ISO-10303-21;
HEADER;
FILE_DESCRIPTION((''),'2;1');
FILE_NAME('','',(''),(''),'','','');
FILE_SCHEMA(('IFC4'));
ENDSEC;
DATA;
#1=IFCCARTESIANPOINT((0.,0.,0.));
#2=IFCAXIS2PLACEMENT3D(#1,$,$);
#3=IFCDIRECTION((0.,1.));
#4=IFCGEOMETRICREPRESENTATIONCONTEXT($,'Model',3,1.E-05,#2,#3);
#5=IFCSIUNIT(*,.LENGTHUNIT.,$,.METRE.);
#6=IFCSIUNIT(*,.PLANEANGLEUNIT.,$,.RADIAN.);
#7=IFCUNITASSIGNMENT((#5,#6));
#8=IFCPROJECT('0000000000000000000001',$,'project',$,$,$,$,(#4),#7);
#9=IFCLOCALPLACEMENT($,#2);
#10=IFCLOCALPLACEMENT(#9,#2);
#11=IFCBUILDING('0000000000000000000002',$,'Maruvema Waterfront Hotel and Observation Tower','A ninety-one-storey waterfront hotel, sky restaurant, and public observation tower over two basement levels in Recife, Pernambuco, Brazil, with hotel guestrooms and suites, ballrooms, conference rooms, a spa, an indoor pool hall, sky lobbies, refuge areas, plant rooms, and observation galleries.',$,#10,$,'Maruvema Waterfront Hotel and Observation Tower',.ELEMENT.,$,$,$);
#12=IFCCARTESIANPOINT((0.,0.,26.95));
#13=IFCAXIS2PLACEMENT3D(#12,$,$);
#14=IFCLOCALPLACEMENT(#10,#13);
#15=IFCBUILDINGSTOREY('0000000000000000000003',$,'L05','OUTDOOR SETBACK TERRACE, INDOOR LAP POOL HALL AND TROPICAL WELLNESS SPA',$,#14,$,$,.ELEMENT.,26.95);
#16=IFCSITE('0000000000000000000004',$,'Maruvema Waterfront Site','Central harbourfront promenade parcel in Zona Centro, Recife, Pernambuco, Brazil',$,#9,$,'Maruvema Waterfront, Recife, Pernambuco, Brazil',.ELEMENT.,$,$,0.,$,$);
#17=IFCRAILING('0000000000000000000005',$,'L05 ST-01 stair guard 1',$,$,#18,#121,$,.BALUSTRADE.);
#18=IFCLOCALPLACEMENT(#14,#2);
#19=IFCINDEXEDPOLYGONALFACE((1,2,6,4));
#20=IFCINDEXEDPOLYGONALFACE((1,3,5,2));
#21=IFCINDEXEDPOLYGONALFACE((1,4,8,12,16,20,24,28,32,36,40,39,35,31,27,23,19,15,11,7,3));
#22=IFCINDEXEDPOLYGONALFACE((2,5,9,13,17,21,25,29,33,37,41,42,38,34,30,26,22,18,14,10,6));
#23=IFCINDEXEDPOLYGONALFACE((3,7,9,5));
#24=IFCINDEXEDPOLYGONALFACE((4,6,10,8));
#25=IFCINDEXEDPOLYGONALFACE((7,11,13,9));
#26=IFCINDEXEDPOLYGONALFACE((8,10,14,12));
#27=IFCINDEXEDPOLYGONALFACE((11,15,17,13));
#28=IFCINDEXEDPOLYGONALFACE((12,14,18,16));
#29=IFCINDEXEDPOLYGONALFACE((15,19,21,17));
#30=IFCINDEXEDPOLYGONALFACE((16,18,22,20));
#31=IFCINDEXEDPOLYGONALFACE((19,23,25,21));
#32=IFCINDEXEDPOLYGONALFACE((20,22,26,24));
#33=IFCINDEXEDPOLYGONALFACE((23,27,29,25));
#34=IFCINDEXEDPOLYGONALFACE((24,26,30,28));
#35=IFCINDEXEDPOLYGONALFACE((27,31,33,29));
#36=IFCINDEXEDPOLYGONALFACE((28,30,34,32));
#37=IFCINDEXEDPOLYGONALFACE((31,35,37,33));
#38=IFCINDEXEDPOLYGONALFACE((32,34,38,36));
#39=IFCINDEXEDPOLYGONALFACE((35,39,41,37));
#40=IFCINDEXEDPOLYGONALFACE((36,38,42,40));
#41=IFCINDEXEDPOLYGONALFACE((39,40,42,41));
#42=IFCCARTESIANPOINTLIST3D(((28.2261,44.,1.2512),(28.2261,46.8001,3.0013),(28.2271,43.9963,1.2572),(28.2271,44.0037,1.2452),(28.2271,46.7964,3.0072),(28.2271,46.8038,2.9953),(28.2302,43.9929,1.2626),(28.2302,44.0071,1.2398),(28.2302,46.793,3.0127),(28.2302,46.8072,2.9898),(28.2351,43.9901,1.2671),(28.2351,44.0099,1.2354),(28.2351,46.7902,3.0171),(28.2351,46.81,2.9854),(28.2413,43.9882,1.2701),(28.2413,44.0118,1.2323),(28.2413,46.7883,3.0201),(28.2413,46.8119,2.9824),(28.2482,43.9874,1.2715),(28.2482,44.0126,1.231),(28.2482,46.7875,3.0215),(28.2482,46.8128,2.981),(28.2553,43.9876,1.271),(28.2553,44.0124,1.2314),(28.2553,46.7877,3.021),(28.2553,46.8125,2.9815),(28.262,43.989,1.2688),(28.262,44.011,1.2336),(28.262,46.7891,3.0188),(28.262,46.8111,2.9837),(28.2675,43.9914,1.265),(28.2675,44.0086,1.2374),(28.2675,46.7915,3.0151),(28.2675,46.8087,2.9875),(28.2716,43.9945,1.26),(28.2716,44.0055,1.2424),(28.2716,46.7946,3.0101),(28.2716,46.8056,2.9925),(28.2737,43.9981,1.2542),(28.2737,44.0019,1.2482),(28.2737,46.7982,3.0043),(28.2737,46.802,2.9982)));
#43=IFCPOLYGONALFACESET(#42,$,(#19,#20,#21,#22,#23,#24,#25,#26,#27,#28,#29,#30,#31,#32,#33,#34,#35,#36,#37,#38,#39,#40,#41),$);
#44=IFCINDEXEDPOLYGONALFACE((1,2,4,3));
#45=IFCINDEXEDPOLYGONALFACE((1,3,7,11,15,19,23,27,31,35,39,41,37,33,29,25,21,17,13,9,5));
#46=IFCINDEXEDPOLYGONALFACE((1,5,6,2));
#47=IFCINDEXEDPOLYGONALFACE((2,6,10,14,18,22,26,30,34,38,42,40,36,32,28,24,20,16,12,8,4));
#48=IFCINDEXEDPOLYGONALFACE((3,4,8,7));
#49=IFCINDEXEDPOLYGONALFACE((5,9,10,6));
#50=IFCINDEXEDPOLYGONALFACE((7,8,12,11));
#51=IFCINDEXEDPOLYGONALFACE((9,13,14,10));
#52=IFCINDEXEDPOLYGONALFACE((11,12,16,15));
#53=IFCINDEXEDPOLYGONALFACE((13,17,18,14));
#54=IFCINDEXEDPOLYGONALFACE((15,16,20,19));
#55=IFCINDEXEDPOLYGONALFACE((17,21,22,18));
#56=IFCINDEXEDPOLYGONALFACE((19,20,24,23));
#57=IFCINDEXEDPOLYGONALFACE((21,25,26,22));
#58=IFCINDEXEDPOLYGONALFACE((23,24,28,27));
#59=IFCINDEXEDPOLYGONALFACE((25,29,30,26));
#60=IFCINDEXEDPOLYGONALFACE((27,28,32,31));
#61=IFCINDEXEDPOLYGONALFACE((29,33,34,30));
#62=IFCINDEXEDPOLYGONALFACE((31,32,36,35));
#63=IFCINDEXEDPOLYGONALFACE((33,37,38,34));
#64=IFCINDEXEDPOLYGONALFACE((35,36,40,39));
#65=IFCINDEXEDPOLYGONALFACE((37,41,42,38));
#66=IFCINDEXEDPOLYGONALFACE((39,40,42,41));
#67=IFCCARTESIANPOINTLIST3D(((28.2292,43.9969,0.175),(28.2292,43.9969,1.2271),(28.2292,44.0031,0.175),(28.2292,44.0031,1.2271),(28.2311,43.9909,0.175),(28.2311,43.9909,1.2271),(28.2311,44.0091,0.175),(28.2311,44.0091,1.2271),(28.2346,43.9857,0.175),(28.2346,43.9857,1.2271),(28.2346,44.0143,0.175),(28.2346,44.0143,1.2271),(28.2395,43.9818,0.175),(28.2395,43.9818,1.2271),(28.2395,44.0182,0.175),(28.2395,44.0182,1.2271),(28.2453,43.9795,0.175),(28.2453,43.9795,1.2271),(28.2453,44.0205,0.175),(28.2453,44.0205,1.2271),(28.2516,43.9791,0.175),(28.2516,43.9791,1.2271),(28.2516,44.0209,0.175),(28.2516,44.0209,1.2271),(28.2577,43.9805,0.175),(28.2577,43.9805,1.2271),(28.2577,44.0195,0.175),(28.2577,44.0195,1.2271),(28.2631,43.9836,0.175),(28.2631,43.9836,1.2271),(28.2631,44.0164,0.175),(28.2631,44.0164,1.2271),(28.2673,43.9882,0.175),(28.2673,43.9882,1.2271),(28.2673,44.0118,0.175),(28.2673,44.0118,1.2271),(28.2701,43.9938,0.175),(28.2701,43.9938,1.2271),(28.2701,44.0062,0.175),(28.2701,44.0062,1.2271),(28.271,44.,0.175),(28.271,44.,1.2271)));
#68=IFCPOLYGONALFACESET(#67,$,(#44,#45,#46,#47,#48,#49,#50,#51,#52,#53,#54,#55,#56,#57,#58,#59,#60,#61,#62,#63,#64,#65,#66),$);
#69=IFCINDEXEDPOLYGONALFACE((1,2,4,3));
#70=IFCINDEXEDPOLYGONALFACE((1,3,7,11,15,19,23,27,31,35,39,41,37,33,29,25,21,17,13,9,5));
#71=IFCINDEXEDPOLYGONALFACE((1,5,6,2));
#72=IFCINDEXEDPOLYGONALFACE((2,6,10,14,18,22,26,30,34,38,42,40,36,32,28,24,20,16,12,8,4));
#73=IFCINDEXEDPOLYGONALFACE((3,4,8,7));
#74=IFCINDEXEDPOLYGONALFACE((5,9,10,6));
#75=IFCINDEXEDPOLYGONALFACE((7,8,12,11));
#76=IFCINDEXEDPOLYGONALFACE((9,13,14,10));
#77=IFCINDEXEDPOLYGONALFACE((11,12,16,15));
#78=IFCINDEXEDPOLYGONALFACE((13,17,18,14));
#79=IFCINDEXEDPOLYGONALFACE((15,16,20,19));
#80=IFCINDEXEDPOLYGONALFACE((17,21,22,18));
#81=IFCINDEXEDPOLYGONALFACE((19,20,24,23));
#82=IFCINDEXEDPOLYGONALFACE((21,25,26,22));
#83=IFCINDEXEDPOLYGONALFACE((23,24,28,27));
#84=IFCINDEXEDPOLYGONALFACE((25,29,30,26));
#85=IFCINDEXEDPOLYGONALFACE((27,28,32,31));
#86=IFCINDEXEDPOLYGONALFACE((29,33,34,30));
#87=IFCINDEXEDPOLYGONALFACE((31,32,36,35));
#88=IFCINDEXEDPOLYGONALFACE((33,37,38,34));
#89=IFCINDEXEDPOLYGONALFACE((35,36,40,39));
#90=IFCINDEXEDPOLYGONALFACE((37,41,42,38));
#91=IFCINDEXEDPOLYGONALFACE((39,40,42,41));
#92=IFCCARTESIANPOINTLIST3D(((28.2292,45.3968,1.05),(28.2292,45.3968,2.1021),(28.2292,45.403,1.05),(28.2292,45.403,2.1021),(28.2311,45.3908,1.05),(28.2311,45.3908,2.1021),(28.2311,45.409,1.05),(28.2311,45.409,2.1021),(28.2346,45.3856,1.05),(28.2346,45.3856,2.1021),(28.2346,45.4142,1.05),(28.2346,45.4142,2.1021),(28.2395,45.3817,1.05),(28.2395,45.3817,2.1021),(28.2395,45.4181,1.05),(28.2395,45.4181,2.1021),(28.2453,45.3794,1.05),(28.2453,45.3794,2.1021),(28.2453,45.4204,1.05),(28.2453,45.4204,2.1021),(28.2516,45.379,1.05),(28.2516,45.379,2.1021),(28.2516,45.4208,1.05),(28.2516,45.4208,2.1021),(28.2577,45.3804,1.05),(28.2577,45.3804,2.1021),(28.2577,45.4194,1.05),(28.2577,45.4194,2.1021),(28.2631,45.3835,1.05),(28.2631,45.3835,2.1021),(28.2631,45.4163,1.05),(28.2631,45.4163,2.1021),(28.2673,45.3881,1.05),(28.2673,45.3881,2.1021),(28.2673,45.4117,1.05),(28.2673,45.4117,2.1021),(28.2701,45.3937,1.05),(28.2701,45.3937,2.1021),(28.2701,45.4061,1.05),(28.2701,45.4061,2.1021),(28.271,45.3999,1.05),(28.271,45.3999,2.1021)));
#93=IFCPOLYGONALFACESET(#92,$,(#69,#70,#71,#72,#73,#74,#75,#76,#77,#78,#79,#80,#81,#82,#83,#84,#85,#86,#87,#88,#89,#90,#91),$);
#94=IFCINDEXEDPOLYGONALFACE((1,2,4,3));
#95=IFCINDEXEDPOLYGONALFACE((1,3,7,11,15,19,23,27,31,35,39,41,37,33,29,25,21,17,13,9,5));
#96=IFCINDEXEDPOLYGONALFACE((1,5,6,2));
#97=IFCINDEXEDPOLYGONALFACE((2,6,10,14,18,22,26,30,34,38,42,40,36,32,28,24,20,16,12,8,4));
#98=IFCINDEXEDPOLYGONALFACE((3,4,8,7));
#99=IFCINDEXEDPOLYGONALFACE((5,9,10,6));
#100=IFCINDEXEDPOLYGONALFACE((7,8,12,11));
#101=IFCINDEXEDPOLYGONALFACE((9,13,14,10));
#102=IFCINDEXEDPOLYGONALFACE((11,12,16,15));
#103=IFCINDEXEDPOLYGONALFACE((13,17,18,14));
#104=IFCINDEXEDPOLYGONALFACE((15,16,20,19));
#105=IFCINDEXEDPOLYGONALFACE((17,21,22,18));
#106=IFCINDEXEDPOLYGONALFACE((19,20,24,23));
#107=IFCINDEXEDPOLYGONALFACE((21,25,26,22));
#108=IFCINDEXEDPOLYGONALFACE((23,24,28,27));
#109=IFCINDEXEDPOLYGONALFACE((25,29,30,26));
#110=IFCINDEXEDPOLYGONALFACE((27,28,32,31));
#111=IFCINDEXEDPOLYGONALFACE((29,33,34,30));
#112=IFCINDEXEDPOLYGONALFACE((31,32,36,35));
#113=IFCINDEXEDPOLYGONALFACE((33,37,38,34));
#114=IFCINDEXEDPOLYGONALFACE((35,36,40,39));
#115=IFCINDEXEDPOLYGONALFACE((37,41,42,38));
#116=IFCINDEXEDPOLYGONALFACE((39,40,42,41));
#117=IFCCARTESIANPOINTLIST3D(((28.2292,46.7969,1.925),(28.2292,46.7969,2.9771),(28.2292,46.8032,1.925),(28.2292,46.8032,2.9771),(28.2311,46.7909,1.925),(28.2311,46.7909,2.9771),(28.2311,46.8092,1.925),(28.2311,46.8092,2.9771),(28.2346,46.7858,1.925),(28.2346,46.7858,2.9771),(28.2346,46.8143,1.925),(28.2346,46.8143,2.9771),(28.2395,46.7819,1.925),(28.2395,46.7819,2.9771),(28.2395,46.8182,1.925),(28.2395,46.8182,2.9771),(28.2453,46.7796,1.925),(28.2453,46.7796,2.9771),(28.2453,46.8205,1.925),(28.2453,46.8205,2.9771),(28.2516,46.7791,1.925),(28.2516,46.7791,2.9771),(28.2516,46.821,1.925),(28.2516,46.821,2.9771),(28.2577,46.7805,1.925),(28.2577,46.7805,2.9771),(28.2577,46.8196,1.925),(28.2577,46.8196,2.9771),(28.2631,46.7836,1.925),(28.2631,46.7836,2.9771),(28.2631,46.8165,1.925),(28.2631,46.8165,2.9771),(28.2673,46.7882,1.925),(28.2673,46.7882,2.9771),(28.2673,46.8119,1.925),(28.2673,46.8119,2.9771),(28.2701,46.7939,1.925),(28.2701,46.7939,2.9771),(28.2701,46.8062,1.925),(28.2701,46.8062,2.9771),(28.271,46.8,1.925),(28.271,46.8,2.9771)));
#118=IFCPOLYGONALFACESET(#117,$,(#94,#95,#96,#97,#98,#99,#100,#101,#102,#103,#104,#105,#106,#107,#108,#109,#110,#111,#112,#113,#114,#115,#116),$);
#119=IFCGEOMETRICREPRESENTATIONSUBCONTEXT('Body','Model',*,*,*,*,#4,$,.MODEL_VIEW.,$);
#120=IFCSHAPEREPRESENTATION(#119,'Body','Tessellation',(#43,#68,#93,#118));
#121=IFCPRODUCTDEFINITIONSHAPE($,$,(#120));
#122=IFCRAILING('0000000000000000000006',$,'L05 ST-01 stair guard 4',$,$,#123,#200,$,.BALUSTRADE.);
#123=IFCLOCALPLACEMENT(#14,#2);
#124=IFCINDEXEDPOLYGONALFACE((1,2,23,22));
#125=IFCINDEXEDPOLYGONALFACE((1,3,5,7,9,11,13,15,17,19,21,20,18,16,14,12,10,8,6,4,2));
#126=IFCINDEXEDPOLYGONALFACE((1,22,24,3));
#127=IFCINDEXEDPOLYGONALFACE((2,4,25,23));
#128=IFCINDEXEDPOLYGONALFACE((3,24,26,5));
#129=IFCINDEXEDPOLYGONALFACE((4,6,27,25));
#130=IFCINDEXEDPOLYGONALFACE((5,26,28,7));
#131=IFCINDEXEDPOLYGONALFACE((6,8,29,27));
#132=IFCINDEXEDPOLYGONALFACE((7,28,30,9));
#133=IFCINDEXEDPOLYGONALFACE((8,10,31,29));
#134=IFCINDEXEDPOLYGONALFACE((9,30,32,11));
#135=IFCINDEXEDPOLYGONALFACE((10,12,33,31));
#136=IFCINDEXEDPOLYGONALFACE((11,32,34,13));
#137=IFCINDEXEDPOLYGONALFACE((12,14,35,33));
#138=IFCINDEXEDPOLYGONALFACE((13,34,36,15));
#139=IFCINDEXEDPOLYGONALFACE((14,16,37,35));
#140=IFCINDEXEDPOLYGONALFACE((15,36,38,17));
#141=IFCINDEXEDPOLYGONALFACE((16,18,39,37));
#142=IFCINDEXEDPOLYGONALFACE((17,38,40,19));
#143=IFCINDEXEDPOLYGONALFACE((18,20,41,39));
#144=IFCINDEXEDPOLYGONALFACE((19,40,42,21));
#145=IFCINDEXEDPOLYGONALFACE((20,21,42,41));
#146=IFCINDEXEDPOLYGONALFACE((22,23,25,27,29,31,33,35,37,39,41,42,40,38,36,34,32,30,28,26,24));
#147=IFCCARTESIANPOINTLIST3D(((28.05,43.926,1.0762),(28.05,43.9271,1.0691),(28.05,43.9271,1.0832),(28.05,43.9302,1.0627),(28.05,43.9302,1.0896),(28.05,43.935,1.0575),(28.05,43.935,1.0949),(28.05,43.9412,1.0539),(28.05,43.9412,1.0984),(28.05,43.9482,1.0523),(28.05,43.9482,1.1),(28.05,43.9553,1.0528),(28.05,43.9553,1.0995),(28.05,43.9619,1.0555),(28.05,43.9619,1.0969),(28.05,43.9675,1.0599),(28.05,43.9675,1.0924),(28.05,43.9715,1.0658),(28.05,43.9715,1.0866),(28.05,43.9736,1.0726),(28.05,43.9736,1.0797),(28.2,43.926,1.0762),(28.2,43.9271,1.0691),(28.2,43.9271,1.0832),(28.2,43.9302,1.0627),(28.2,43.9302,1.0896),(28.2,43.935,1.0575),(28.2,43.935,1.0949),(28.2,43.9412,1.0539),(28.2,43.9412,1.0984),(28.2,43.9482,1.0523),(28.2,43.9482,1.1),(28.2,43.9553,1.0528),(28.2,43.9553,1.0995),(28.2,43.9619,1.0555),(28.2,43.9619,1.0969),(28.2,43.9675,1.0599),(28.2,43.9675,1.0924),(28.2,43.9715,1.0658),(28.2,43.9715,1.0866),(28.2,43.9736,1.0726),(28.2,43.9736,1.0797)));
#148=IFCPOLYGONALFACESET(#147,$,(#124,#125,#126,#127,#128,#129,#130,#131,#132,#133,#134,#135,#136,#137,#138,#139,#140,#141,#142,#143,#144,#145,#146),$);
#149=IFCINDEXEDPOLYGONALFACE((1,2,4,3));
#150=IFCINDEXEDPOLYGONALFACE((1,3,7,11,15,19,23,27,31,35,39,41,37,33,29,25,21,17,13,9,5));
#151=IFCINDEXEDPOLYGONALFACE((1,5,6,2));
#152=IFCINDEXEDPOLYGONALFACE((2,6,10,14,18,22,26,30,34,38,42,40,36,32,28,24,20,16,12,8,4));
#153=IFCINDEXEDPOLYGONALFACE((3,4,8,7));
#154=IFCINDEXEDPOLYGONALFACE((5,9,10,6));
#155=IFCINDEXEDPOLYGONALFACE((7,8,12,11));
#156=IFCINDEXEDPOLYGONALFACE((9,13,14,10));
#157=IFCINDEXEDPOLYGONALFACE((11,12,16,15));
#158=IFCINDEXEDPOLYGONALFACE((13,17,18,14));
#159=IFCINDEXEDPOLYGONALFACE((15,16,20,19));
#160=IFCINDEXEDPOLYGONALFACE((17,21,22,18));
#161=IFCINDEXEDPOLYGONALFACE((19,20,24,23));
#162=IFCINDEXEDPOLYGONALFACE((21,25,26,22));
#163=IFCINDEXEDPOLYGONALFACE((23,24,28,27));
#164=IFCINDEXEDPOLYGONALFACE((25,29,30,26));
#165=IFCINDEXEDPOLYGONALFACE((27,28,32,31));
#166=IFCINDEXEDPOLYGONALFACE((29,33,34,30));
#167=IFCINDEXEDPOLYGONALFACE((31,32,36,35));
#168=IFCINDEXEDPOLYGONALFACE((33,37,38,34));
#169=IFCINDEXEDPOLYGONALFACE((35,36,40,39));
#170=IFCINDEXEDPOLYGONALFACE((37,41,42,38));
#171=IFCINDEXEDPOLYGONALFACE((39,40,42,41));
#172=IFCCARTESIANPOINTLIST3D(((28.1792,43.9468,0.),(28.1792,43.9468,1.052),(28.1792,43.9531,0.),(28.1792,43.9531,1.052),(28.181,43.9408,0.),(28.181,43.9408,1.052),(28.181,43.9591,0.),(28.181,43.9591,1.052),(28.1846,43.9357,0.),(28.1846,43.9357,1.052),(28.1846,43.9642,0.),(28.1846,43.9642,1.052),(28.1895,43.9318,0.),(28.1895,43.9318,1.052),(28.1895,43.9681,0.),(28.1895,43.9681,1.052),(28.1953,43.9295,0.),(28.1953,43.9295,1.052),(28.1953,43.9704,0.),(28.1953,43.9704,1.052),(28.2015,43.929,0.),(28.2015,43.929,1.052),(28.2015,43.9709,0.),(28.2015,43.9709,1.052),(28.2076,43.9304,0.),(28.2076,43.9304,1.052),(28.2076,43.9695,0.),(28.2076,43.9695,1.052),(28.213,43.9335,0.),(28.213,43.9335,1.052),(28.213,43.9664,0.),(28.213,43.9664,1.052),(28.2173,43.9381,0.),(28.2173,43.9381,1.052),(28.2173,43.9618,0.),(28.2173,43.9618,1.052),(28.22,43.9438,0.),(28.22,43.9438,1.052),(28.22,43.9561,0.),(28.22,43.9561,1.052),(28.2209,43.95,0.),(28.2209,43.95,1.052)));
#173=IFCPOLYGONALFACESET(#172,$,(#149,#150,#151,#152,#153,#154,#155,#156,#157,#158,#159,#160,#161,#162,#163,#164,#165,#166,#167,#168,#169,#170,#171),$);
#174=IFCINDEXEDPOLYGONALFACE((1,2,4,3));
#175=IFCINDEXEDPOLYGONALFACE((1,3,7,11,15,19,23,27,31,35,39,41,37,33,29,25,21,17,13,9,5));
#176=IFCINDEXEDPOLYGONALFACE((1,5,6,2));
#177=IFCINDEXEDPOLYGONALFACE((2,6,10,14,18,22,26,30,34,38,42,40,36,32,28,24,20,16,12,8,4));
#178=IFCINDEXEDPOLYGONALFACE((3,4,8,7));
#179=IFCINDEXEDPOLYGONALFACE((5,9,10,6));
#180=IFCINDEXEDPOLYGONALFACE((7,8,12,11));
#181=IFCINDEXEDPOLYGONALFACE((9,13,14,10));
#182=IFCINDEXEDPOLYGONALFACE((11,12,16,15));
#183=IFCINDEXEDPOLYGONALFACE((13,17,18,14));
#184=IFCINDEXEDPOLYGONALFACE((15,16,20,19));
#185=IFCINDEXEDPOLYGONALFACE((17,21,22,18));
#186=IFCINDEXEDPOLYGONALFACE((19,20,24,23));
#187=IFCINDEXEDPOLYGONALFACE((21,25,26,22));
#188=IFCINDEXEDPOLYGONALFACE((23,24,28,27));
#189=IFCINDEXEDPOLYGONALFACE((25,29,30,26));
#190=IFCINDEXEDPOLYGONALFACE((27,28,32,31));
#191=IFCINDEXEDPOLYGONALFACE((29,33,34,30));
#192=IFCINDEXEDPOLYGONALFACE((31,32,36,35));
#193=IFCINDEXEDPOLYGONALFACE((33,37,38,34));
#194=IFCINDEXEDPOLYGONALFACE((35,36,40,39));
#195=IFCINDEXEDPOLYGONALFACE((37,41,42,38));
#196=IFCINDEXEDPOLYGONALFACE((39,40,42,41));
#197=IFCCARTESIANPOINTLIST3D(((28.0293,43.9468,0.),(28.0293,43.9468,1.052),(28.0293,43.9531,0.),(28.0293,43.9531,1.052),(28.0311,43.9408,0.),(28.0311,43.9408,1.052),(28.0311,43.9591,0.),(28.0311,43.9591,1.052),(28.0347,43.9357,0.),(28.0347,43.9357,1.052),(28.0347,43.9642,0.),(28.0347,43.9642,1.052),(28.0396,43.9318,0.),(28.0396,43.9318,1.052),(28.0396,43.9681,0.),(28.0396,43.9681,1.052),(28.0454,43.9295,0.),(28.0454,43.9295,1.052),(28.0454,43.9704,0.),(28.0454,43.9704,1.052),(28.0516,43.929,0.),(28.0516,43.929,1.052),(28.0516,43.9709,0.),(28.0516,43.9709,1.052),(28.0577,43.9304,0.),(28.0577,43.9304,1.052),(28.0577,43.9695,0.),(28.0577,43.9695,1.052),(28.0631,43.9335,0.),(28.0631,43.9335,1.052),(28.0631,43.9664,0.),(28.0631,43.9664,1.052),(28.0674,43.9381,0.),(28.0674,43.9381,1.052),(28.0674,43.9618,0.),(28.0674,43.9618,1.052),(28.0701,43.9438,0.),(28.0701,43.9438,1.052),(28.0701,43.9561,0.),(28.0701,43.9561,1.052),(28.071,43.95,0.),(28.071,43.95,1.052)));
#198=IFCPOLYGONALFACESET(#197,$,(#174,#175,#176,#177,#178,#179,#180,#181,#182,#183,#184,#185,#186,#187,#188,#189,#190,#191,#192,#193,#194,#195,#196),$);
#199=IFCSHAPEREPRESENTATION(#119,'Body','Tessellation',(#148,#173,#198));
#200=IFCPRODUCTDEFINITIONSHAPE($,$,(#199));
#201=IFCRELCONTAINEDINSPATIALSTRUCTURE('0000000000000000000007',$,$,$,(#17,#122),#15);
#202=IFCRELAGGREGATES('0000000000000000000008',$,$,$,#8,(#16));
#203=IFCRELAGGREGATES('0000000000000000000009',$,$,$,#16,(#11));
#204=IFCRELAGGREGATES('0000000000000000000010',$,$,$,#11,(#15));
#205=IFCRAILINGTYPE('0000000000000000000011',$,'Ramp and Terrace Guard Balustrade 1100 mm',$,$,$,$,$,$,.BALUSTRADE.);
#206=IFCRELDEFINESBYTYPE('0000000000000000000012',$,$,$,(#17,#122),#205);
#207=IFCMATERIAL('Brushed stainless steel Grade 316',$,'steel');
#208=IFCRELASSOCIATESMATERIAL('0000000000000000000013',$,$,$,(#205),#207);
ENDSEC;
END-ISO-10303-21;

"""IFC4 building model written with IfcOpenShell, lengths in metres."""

from ifc_helpers import new_model, si_unit, direction, frame, origin, origin_2d, place, context, subcontext, project, spatial, circle, extrude, material, type_object, element, save


model = new_model("IFC4")

# Units and contexts
model_context = context("Model", 3, precision=1e-05, world=origin(), true_north=direction((0.0, 1.0)))
body_context = subcontext(model_context, "Body", "Model", "MODEL_VIEW")
ifc_project = project(units=[si_unit("LENGTHUNIT", "METRE"), si_unit("PLANEANGLEUNIT", "RADIAN")], contexts=[model_context])

# Site, building, storey
site_placement = place(None, origin())
site = spatial("IfcSite", under=ifc_project, at=site_placement, Name="Maruvema Waterfront Site", Description="Central harbourfront promenade parcel in Zona Centro, Recife, Pernambuco, Brazil", LongName="Maruvema Waterfront, Recife, Pernambuco, Brazil", CompositionType="ELEMENT", RefElevation=0.0)
building_placement = place(site_placement, origin())
building = spatial("IfcBuilding", under=site, at=building_placement, Name="Maruvema Waterfront Hotel and Observation Tower", Description="A ninety-one-storey waterfront hotel, sky restaurant, and public observation tower over two basement levels in Recife, Pernambuco, Brazil, with hotel guestrooms and suites, ballrooms, conference rooms, a spa, an indoor pool hall, sky lobbies, refuge areas, plant rooms, and observation galleries.", LongName="Maruvema Waterfront Hotel and Observation Tower", CompositionType="ELEMENT")
storey_placement = place(building_placement, frame((0.0, 0.0, 26.95)))
storey = spatial("IfcBuildingStorey", under=building, at=storey_placement, Name="L05", Description="OUTDOOR SETBACK TERRACE, INDOOR LAP POOL HALL AND TROPICAL WELLNESS SPA", CompositionType="ELEMENT", Elevation=26.95)

# Railings
ifc_material_1 = material(Name="Brushed stainless steel Grade 316", Category="steel")
railing_type_1 = type_object("IfcRailingType", Name="Ramp and Terrace Guard Balustrade 1100 mm", PredefinedType="BALUSTRADE", material=ifc_material_1)
railing_1_placement = place(storey_placement, frame((28.25, 44.0, 0.175)))
element("IfcRailing", 1, at=railing_1_placement, inside=storey, type_object=railing_type_1, Name="L05 ST-01 stair guard 1", PredefinedType="BALUSTRADE", context=body_context, shape_type="SweptSolid", body=[
    extrude(circle(Radius=0.0239, at=origin_2d()), frame((0.0, 0.0, 1.0762), z_axis=(0.0, 0.848002, 0.529992), x_axis=(-1.0, 0.0, 0.0)), (0.0, 0.0, 1.0), 3.302),
    extrude(circle(Radius=0.021, at=origin_2d()), origin(), (0.0, 0.0, 1.0), 1.052),
    extrude(circle(Radius=0.021, at=origin_2d()), frame((0.0, 1.3999, 0.875)), (0.0, 0.0, 1.0), 1.052),
    extrude(circle(Radius=0.021, at=origin_2d()), frame((0.0, 2.8, 1.75)), (0.0, 0.0, 1.0), 1.052),
])
railing_2_placement = place(storey_placement, frame((28.2, 43.95, 0.0)))
element("IfcRailing", 2, at=railing_2_placement, inside=storey, type_object=railing_type_1, Name="L05 ST-01 stair guard 4", PredefinedType="BALUSTRADE", context=body_context, shape_type="SweptSolid", body=[
    extrude(circle(Radius=0.0239, at=origin_2d()), frame((0.0, 0.0, 1.0762), z_axis=(-1.0, 0.0, 0.0), x_axis=(0.0, -1.0, 0.0)), (0.0, 0.0, 1.0), 0.1499),
    extrude(circle(Radius=0.021, at=origin_2d()), origin(), (0.0, 0.0, 1.0), 1.052),
    extrude(circle(Radius=0.021, at=origin_2d()), frame((-0.1499, 0.0, 0.0)), (0.0, 0.0, 1.0), 1.052),
])

save(model, "model.ifc")
